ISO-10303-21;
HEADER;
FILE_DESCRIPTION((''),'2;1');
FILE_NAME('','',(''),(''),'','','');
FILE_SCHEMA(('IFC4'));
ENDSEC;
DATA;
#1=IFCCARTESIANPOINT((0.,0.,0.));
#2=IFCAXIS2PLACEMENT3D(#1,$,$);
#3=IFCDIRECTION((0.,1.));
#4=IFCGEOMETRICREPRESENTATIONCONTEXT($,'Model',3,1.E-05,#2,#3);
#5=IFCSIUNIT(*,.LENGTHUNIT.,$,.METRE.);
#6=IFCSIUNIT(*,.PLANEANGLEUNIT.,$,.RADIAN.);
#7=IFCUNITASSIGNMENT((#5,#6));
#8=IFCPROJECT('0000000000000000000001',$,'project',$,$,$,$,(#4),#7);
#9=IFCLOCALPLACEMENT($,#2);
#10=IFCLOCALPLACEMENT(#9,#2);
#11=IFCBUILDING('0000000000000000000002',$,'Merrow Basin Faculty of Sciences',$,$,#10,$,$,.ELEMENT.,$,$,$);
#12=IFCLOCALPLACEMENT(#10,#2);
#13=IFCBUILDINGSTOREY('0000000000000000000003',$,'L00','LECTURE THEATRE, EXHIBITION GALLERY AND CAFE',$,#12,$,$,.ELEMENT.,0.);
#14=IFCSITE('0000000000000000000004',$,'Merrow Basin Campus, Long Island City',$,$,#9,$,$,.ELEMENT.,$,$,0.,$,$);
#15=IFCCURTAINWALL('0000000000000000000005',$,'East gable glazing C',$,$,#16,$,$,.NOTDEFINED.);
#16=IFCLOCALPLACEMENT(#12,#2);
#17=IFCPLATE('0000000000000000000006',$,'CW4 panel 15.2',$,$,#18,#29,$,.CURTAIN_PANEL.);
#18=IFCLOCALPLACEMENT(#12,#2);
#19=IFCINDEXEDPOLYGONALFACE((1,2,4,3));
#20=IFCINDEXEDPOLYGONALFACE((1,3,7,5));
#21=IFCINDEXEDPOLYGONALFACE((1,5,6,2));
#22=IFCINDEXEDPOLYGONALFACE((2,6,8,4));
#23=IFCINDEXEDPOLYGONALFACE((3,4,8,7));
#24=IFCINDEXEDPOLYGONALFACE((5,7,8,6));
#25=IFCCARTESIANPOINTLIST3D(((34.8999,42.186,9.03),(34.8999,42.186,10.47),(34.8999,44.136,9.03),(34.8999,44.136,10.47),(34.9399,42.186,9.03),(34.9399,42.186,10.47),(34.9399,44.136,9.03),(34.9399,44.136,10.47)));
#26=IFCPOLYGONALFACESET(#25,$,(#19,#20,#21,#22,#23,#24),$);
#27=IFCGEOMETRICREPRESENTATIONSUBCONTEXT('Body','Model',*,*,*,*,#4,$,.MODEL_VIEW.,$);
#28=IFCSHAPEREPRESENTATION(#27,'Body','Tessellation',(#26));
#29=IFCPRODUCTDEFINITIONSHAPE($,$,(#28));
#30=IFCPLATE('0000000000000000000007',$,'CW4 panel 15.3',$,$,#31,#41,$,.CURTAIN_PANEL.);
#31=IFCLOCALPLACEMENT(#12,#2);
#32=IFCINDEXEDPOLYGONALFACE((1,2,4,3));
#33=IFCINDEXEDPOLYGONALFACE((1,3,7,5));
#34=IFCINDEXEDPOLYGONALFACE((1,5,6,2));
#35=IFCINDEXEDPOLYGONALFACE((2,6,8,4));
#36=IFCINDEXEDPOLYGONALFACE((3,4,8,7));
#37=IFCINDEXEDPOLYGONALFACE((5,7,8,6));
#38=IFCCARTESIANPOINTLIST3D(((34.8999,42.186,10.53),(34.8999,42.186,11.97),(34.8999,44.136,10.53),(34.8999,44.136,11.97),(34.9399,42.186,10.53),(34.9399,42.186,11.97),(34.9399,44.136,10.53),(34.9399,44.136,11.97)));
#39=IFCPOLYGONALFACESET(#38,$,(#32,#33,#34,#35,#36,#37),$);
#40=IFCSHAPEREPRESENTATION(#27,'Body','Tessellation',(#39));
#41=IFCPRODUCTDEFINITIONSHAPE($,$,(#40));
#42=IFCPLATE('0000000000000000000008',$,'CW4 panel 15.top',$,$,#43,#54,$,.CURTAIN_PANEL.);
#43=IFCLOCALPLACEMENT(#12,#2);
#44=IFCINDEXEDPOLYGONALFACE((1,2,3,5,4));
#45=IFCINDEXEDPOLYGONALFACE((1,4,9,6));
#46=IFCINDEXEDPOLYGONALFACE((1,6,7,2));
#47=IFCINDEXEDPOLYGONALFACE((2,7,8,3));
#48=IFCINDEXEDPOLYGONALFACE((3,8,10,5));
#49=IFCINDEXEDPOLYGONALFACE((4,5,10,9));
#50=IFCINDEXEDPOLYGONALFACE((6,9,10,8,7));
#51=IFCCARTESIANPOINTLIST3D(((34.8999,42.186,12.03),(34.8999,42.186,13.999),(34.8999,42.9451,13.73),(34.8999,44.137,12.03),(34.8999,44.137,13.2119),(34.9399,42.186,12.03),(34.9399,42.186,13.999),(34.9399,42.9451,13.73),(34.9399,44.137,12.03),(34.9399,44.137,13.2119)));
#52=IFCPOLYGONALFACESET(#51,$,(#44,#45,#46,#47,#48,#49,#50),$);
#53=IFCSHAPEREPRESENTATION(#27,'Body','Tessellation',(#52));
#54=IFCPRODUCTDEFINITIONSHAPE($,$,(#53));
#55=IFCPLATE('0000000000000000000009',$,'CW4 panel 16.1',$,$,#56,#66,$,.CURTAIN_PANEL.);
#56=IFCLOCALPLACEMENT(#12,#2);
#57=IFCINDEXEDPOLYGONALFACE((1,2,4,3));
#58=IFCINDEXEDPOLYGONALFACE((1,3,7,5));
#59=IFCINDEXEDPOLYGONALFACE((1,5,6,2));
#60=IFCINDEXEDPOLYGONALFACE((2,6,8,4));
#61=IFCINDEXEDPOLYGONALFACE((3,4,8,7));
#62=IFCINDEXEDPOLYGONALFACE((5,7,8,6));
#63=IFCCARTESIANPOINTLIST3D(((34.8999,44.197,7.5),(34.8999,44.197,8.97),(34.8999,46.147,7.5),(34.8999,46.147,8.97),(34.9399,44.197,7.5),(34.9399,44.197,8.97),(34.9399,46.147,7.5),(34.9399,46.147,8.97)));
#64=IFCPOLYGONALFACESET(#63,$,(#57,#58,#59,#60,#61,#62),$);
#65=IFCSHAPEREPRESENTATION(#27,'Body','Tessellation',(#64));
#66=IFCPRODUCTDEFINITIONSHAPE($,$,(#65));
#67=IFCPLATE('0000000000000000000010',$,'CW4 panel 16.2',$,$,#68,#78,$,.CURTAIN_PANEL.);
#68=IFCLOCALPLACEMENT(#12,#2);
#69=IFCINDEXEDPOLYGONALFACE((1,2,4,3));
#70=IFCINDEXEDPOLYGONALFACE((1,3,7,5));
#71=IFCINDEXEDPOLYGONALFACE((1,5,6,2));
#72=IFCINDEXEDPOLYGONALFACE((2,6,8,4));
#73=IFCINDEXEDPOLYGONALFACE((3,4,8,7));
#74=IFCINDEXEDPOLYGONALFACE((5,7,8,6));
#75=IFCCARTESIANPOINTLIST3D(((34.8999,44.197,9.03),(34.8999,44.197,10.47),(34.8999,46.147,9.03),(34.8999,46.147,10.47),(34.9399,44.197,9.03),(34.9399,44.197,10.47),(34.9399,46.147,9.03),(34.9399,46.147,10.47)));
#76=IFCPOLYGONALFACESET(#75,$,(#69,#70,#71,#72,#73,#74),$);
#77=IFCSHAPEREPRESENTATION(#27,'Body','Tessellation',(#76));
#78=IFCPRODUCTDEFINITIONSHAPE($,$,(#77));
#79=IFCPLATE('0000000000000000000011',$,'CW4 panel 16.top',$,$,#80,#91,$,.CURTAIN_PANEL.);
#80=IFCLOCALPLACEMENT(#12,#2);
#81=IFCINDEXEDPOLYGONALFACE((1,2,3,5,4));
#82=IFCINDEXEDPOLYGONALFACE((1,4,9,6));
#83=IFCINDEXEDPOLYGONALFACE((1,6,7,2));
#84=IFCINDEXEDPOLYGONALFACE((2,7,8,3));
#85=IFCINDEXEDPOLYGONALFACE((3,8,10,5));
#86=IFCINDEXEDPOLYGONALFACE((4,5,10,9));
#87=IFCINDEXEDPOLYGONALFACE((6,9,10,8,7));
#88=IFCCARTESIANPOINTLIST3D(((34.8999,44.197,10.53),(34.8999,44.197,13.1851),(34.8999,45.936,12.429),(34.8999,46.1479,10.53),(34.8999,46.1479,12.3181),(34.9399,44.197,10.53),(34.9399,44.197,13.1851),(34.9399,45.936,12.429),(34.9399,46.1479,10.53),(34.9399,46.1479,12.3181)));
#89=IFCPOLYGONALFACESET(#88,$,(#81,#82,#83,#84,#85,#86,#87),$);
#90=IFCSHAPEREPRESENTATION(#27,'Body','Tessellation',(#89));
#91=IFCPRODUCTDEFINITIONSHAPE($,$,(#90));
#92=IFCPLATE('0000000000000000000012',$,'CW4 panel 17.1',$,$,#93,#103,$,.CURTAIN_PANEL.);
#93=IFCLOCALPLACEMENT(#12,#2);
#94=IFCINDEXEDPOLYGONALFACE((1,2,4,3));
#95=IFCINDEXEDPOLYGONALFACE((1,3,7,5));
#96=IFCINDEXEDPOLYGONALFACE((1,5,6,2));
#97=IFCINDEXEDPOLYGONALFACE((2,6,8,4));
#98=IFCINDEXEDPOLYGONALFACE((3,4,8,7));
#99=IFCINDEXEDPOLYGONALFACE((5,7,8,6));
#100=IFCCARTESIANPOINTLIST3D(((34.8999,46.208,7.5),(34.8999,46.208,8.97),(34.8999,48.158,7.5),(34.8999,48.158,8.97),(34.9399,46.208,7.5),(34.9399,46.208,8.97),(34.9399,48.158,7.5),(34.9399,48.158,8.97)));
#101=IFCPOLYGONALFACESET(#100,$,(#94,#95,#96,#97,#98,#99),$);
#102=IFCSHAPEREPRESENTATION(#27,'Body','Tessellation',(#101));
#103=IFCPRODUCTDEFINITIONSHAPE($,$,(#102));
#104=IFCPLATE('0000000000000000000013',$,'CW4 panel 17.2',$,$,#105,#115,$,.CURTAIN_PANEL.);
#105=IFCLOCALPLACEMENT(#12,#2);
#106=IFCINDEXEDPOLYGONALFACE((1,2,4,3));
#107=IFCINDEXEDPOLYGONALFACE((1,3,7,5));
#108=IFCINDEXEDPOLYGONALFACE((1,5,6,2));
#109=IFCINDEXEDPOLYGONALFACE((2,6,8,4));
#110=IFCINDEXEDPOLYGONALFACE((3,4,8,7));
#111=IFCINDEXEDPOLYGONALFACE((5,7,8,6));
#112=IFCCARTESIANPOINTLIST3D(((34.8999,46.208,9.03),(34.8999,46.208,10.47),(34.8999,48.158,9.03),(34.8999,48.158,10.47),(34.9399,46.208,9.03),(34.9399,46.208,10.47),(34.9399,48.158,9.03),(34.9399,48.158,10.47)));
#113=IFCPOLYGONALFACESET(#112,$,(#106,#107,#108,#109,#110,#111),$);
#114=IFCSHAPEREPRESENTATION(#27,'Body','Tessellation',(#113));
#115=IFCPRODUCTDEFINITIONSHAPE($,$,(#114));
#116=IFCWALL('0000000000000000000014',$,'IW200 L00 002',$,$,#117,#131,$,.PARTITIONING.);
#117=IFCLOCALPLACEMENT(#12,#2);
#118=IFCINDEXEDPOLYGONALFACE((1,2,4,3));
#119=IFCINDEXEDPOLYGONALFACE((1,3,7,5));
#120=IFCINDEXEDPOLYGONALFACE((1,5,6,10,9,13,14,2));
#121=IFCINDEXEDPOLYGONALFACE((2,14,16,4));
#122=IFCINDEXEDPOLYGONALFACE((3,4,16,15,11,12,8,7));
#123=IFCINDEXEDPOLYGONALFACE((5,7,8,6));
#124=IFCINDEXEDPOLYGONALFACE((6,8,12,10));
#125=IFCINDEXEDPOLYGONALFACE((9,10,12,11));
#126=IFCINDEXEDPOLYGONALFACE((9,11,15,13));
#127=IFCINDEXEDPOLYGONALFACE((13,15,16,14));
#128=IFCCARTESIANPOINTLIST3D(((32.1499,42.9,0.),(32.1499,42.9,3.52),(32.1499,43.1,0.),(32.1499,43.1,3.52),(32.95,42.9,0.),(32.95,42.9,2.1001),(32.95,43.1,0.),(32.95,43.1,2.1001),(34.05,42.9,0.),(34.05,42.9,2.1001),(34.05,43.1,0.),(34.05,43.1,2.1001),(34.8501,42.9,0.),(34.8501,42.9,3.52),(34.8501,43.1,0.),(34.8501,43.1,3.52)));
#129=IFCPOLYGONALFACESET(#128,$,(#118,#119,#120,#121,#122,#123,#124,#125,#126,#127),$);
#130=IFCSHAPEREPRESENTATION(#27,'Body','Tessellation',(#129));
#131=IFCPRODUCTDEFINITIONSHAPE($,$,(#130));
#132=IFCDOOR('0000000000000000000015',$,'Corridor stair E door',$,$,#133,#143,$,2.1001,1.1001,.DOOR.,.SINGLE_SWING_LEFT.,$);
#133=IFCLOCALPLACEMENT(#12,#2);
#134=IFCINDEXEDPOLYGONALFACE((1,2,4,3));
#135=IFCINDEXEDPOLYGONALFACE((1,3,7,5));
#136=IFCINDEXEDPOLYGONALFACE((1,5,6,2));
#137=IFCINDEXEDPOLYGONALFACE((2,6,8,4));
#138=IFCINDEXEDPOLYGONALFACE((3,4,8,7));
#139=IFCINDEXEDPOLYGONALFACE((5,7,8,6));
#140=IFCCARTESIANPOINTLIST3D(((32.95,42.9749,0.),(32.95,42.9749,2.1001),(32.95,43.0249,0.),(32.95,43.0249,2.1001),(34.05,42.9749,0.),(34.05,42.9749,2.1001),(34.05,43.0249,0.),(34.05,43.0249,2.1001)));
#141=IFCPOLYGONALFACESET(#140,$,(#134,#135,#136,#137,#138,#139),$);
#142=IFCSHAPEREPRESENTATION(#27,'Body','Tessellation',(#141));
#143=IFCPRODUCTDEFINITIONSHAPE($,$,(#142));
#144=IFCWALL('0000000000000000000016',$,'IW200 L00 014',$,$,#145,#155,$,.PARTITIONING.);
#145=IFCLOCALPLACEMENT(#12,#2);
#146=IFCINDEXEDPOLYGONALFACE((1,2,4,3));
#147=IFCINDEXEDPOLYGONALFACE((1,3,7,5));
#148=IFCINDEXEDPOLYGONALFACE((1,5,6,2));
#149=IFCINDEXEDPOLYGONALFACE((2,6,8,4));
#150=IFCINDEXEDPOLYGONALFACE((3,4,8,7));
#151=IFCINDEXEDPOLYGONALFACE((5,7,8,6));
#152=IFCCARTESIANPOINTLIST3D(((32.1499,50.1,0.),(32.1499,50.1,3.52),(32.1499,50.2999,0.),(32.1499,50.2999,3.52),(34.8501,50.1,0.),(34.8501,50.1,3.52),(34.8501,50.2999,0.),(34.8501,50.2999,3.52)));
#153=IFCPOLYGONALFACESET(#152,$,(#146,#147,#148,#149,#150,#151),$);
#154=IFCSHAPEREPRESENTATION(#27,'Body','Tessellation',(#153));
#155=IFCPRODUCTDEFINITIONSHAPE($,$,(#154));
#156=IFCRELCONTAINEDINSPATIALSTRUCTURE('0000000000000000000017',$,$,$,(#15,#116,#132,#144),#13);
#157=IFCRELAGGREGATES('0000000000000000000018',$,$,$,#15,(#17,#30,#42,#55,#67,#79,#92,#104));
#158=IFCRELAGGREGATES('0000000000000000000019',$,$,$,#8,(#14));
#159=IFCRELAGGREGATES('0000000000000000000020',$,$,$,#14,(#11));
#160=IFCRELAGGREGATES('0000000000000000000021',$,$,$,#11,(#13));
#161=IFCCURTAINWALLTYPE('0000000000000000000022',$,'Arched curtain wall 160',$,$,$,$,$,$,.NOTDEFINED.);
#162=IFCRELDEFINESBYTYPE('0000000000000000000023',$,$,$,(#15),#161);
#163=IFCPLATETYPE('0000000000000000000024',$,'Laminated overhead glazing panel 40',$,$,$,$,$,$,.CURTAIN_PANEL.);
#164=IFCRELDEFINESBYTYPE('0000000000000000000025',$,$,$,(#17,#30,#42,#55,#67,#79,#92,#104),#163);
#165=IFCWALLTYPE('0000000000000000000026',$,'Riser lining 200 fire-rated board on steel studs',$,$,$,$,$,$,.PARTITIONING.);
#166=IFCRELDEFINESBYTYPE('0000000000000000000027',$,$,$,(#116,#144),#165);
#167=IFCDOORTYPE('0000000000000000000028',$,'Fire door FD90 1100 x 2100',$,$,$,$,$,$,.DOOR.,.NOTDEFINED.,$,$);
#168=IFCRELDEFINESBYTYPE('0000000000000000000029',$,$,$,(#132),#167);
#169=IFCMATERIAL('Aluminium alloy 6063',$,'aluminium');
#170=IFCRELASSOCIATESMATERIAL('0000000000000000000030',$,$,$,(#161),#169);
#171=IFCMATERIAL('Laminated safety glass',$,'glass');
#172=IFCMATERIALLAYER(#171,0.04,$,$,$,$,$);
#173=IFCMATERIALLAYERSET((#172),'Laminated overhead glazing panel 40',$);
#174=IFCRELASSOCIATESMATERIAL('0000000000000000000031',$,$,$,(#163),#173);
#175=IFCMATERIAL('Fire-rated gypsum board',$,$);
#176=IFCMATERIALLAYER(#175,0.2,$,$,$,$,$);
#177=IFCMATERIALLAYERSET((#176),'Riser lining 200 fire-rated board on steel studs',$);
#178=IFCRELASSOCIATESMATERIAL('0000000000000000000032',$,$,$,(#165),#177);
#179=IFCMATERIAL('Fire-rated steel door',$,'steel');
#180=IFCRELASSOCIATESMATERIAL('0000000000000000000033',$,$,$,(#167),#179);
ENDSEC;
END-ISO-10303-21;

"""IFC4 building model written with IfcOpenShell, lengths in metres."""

from ifc_helpers import new_model, si_unit, direction, frame, frame_2d, origin, place, context, subcontext, project, spatial, polyline, rectangle, outline, extrude, material, layer, layer_set, type_object, element, fill, aggregate, save


model = new_model("IFC4")

# Units and contexts
model_context = context("Model", 3, precision=1e-05, world=origin(), true_north=direction((0.0, 1.0)))
body_context = subcontext(model_context, "Body", "Model", "MODEL_VIEW")
ifc_project = project(units=[si_unit("LENGTHUNIT", "METRE"), si_unit("PLANEANGLEUNIT", "RADIAN")], contexts=[model_context])

# Site, building, storey
site_placement = place(None, origin())
site = spatial("IfcSite", under=ifc_project, at=site_placement, Name="Merrow Basin Campus, Long Island City", CompositionType="ELEMENT", RefElevation=0.0)
building_placement = place(site_placement, origin())
building = spatial("IfcBuilding", under=site, at=building_placement, Name="Merrow Basin Faculty of Sciences", CompositionType="ELEMENT")
storey_placement = place(building_placement, origin())
storey = spatial("IfcBuildingStorey", under=building, at=storey_placement, Name="L00", Description="LECTURE THEATRE, EXHIBITION GALLERY AND CAFE", CompositionType="ELEMENT", Elevation=0.0)

# Curtain wall, plates
ifc_material_1 = material(Name="Aluminium alloy 6063", Category="aluminium")
curtain_wall_type = type_object("IfcCurtainWallType", Name="Arched curtain wall 160", PredefinedType="NOTDEFINED", material=ifc_material_1)
curtain_wall_placement = place(storey_placement, origin())
curtain_wall = element("IfcCurtainWall", 1, at=curtain_wall_placement, inside=storey, type_object=curtain_wall_type, Name="East gable glazing C", PredefinedType="NOTDEFINED")
ifc_material_2 = material(Name="Laminated safety glass", Category="glass")
ifc_layer_1 = layer(ifc_material_2, 0.04)
ifc_layer_set_1 = layer_set([ifc_layer_1], Name="Laminated overhead glazing panel 40")
plate_type = type_object("IfcPlateType", Name="Laminated overhead glazing panel 40", PredefinedType="CURTAIN_PANEL", material=ifc_layer_set_1)
plate_1_placement = place(storey_placement, frame((34.8999, 42.186, 9.03), z_axis=(1.0, 0.0, 0.0), x_axis=(0.0, 1.0, 0.0)))
plate_1 = element("IfcPlate", 2, at=plate_1_placement, type_object=plate_type, Name="CW4 panel 15.2", PredefinedType="CURTAIN_PANEL", context=body_context, shape_type="SweptSolid", body=[
    extrude(outline(polyline([(0.0, 0.0), (1.95, 0.0), (1.95, 1.4399), (0.0, 1.4399), (0.0, 0.0)])), origin(), (0.0, 0.0, 1.0), 0.04),
])
plate_2_placement = place(storey_placement, frame((34.8999, 42.186, 10.53), z_axis=(1.0, 0.0, 0.0), x_axis=(0.0, 1.0, 0.0)))
plate_2 = element("IfcPlate", 3, at=plate_2_placement, type_object=plate_type, Name="CW4 panel 15.3", PredefinedType="CURTAIN_PANEL", context=body_context, shape_type="SweptSolid", body=[
    extrude(outline(polyline([(0.0, 0.0), (1.95, 0.0), (1.95, 1.4399), (0.0, 1.4399), (0.0, 0.0)])), origin(), (0.0, 0.0, 1.0), 0.04),
])
plate_3_placement = place(storey_placement, frame((34.8999, 42.186, 12.03), z_axis=(1.0, 0.0, 0.0), x_axis=(0.0, 1.0, 0.0)))
plate_3 = element("IfcPlate", 4, at=plate_3_placement, type_object=plate_type, Name="CW4 panel 15.top", PredefinedType="CURTAIN_PANEL", context=body_context, shape_type="SweptSolid", body=[
    extrude(outline(polyline([(0.0, 0.0), (1.9509, 0.0), (1.9509, 1.1819), (0.759, 1.7), (0.0, 1.969), (0.0, 0.0)])), origin(), (0.0, 0.0, 1.0), 0.04),
])
plate_4_placement = place(storey_placement, frame((34.8999, 44.197, 7.5), z_axis=(1.0, 0.0, 0.0), x_axis=(0.0, 1.0, 0.0)))
plate_4 = element("IfcPlate", 5, at=plate_4_placement, type_object=plate_type, Name="CW4 panel 16.1", PredefinedType="CURTAIN_PANEL", context=body_context, shape_type="SweptSolid", body=[
    extrude(outline(polyline([(0.0, 0.0), (1.95, 0.0), (1.95, 1.47), (0.0, 1.47), (0.0, 0.0)])), origin(), (0.0, 0.0, 1.0), 0.04),
])
plate_5_placement = place(storey_placement, frame((34.8999, 44.197, 9.03), z_axis=(1.0, 0.0, 0.0), x_axis=(0.0, 1.0, 0.0)))
plate_5 = element("IfcPlate", 6, at=plate_5_placement, type_object=plate_type, Name="CW4 panel 16.2", PredefinedType="CURTAIN_PANEL", context=body_context, shape_type="SweptSolid", body=[
    extrude(outline(polyline([(0.0, 0.0), (1.95, 0.0), (1.95, 1.4399), (0.0, 1.4399), (0.0, 0.0)])), origin(), (0.0, 0.0, 1.0), 0.04),
])
plate_6_placement = place(storey_placement, frame((34.8999, 44.197, 10.53), z_axis=(1.0, 0.0, 0.0), x_axis=(0.0, 1.0, 0.0)))
plate_6 = element("IfcPlate", 7, at=plate_6_placement, type_object=plate_type, Name="CW4 panel 16.top", PredefinedType="CURTAIN_PANEL", context=body_context, shape_type="SweptSolid", body=[
    extrude(outline(polyline([(0.0, 0.0), (1.9509, 0.0), (1.9509, 1.7881), (1.739, 1.8989), (0.0, 2.655), (0.0, 0.0)])), origin(), (0.0, 0.0, 1.0), 0.04),
])
plate_7_placement = place(storey_placement, frame((34.8999, 46.208, 7.5), z_axis=(1.0, 0.0, 0.0), x_axis=(0.0, 1.0, 0.0)))
plate_7 = element("IfcPlate", 8, at=plate_7_placement, type_object=plate_type, Name="CW4 panel 17.1", PredefinedType="CURTAIN_PANEL", context=body_context, shape_type="SweptSolid", body=[
    extrude(outline(polyline([(0.0, 0.0), (1.95, 0.0), (1.95, 1.47), (0.0, 1.47), (0.0, 0.0)])), origin(), (0.0, 0.0, 1.0), 0.04),
])
plate_8_placement = place(storey_placement, frame((34.8999, 46.208, 9.03), z_axis=(1.0, 0.0, 0.0), x_axis=(0.0, 1.0, 0.0)))
plate_8 = element("IfcPlate", 9, at=plate_8_placement, type_object=plate_type, Name="CW4 panel 17.2", PredefinedType="CURTAIN_PANEL", context=body_context, shape_type="SweptSolid", body=[
    extrude(outline(polyline([(0.0, 0.0), (1.95, 0.0), (1.95, 1.4399), (0.0, 1.4399), (0.0, 0.0)])), origin(), (0.0, 0.0, 1.0), 0.04),
])
aggregate(curtain_wall, [plate_1, plate_2, plate_3, plate_4, plate_5, plate_6, plate_7, plate_8])

# Wall, opening, door
ifc_material_3 = material(Name="Fire-rated gypsum board")
ifc_layer_2 = layer(ifc_material_3, 0.2)
ifc_layer_set_2 = layer_set([ifc_layer_2], Name="Riser lining 200 fire-rated board on steel studs")
wall_type = type_object("IfcWallType", Name="Riser lining 200 fire-rated board on steel studs", PredefinedType="PARTITIONING", material=ifc_layer_set_2)
wall_1_placement = place(storey_placement, frame((32.1499, 43.0, 0.0), z_axis=(0.0, 0.0, 1.0), x_axis=(1.0, 0.0, 0.0)))
wall_1 = element("IfcWall", 10, at=wall_1_placement, inside=storey, type_object=wall_type, Name="IW200 L00 002", PredefinedType="PARTITIONING", context=body_context, shape_type="SweptSolid", body=[
    extrude(rectangle(XDim=2.7002, YDim=0.2, at=frame_2d((1.3501, 0.0))), origin(), (0.0, 0.0, 1.0), 3.52),
])
opening_placement = place(wall_1_placement, frame((0.8, 0.0, 0.0)))
opening = element("IfcOpeningElement", 11, at=opening_placement, cuts=wall_1, PredefinedType="OPENING", context=body_context, shape_type="SweptSolid", body=[
    extrude(rectangle(XDim=1.1001, YDim=2.1001, at=frame_2d((0.55, 1.05))), frame((0.0, 0.1099, 0.0), z_axis=(0.0, -1.0, 0.0), x_axis=(1.0, 0.0, 0.0)), (0.0, 0.0, 1.0), 0.22),
])
ifc_material_4 = material(Name="Fire-rated steel door", Category="steel")
door_type = type_object("IfcDoorType", Name="Fire door FD90 1100 x 2100", OperationType="NOTDEFINED", PredefinedType="DOOR", material=ifc_material_4)
door_placement = place(opening_placement, origin())
door = element("IfcDoor", 12, at=door_placement, inside=storey, type_object=door_type, Name="Corridor stair E door", OperationType="SINGLE_SWING_LEFT", OverallHeight=2.1001, OverallWidth=1.1001, PredefinedType="DOOR", context=body_context, shape_type="SweptSolid", body=[
    extrude(rectangle(XDim=1.1001, YDim=2.1001, at=frame_2d((0.55, 1.05))), frame((0.0, 0.0249, 0.0), z_axis=(0.0, -1.0, 0.0), x_axis=(1.0, 0.0, 0.0)), (0.0, 0.0, 1.0), 0.05),
])
fill(opening, door)

# Wall
wall_2_placement = place(storey_placement, frame((32.1499, 50.2, 0.0), z_axis=(0.0, 0.0, 1.0), x_axis=(1.0, 0.0, 0.0)))
element("IfcWall", 13, at=wall_2_placement, inside=storey, type_object=wall_type, Name="IW200 L00 014", PredefinedType="PARTITIONING", context=body_context, shape_type="SweptSolid", body=[
    extrude(rectangle(XDim=2.7002, YDim=0.2, at=frame_2d((1.3501, 0.0))), origin(), (0.0, 0.0, 1.0), 3.52),
])

save(model, "model.ifc")
